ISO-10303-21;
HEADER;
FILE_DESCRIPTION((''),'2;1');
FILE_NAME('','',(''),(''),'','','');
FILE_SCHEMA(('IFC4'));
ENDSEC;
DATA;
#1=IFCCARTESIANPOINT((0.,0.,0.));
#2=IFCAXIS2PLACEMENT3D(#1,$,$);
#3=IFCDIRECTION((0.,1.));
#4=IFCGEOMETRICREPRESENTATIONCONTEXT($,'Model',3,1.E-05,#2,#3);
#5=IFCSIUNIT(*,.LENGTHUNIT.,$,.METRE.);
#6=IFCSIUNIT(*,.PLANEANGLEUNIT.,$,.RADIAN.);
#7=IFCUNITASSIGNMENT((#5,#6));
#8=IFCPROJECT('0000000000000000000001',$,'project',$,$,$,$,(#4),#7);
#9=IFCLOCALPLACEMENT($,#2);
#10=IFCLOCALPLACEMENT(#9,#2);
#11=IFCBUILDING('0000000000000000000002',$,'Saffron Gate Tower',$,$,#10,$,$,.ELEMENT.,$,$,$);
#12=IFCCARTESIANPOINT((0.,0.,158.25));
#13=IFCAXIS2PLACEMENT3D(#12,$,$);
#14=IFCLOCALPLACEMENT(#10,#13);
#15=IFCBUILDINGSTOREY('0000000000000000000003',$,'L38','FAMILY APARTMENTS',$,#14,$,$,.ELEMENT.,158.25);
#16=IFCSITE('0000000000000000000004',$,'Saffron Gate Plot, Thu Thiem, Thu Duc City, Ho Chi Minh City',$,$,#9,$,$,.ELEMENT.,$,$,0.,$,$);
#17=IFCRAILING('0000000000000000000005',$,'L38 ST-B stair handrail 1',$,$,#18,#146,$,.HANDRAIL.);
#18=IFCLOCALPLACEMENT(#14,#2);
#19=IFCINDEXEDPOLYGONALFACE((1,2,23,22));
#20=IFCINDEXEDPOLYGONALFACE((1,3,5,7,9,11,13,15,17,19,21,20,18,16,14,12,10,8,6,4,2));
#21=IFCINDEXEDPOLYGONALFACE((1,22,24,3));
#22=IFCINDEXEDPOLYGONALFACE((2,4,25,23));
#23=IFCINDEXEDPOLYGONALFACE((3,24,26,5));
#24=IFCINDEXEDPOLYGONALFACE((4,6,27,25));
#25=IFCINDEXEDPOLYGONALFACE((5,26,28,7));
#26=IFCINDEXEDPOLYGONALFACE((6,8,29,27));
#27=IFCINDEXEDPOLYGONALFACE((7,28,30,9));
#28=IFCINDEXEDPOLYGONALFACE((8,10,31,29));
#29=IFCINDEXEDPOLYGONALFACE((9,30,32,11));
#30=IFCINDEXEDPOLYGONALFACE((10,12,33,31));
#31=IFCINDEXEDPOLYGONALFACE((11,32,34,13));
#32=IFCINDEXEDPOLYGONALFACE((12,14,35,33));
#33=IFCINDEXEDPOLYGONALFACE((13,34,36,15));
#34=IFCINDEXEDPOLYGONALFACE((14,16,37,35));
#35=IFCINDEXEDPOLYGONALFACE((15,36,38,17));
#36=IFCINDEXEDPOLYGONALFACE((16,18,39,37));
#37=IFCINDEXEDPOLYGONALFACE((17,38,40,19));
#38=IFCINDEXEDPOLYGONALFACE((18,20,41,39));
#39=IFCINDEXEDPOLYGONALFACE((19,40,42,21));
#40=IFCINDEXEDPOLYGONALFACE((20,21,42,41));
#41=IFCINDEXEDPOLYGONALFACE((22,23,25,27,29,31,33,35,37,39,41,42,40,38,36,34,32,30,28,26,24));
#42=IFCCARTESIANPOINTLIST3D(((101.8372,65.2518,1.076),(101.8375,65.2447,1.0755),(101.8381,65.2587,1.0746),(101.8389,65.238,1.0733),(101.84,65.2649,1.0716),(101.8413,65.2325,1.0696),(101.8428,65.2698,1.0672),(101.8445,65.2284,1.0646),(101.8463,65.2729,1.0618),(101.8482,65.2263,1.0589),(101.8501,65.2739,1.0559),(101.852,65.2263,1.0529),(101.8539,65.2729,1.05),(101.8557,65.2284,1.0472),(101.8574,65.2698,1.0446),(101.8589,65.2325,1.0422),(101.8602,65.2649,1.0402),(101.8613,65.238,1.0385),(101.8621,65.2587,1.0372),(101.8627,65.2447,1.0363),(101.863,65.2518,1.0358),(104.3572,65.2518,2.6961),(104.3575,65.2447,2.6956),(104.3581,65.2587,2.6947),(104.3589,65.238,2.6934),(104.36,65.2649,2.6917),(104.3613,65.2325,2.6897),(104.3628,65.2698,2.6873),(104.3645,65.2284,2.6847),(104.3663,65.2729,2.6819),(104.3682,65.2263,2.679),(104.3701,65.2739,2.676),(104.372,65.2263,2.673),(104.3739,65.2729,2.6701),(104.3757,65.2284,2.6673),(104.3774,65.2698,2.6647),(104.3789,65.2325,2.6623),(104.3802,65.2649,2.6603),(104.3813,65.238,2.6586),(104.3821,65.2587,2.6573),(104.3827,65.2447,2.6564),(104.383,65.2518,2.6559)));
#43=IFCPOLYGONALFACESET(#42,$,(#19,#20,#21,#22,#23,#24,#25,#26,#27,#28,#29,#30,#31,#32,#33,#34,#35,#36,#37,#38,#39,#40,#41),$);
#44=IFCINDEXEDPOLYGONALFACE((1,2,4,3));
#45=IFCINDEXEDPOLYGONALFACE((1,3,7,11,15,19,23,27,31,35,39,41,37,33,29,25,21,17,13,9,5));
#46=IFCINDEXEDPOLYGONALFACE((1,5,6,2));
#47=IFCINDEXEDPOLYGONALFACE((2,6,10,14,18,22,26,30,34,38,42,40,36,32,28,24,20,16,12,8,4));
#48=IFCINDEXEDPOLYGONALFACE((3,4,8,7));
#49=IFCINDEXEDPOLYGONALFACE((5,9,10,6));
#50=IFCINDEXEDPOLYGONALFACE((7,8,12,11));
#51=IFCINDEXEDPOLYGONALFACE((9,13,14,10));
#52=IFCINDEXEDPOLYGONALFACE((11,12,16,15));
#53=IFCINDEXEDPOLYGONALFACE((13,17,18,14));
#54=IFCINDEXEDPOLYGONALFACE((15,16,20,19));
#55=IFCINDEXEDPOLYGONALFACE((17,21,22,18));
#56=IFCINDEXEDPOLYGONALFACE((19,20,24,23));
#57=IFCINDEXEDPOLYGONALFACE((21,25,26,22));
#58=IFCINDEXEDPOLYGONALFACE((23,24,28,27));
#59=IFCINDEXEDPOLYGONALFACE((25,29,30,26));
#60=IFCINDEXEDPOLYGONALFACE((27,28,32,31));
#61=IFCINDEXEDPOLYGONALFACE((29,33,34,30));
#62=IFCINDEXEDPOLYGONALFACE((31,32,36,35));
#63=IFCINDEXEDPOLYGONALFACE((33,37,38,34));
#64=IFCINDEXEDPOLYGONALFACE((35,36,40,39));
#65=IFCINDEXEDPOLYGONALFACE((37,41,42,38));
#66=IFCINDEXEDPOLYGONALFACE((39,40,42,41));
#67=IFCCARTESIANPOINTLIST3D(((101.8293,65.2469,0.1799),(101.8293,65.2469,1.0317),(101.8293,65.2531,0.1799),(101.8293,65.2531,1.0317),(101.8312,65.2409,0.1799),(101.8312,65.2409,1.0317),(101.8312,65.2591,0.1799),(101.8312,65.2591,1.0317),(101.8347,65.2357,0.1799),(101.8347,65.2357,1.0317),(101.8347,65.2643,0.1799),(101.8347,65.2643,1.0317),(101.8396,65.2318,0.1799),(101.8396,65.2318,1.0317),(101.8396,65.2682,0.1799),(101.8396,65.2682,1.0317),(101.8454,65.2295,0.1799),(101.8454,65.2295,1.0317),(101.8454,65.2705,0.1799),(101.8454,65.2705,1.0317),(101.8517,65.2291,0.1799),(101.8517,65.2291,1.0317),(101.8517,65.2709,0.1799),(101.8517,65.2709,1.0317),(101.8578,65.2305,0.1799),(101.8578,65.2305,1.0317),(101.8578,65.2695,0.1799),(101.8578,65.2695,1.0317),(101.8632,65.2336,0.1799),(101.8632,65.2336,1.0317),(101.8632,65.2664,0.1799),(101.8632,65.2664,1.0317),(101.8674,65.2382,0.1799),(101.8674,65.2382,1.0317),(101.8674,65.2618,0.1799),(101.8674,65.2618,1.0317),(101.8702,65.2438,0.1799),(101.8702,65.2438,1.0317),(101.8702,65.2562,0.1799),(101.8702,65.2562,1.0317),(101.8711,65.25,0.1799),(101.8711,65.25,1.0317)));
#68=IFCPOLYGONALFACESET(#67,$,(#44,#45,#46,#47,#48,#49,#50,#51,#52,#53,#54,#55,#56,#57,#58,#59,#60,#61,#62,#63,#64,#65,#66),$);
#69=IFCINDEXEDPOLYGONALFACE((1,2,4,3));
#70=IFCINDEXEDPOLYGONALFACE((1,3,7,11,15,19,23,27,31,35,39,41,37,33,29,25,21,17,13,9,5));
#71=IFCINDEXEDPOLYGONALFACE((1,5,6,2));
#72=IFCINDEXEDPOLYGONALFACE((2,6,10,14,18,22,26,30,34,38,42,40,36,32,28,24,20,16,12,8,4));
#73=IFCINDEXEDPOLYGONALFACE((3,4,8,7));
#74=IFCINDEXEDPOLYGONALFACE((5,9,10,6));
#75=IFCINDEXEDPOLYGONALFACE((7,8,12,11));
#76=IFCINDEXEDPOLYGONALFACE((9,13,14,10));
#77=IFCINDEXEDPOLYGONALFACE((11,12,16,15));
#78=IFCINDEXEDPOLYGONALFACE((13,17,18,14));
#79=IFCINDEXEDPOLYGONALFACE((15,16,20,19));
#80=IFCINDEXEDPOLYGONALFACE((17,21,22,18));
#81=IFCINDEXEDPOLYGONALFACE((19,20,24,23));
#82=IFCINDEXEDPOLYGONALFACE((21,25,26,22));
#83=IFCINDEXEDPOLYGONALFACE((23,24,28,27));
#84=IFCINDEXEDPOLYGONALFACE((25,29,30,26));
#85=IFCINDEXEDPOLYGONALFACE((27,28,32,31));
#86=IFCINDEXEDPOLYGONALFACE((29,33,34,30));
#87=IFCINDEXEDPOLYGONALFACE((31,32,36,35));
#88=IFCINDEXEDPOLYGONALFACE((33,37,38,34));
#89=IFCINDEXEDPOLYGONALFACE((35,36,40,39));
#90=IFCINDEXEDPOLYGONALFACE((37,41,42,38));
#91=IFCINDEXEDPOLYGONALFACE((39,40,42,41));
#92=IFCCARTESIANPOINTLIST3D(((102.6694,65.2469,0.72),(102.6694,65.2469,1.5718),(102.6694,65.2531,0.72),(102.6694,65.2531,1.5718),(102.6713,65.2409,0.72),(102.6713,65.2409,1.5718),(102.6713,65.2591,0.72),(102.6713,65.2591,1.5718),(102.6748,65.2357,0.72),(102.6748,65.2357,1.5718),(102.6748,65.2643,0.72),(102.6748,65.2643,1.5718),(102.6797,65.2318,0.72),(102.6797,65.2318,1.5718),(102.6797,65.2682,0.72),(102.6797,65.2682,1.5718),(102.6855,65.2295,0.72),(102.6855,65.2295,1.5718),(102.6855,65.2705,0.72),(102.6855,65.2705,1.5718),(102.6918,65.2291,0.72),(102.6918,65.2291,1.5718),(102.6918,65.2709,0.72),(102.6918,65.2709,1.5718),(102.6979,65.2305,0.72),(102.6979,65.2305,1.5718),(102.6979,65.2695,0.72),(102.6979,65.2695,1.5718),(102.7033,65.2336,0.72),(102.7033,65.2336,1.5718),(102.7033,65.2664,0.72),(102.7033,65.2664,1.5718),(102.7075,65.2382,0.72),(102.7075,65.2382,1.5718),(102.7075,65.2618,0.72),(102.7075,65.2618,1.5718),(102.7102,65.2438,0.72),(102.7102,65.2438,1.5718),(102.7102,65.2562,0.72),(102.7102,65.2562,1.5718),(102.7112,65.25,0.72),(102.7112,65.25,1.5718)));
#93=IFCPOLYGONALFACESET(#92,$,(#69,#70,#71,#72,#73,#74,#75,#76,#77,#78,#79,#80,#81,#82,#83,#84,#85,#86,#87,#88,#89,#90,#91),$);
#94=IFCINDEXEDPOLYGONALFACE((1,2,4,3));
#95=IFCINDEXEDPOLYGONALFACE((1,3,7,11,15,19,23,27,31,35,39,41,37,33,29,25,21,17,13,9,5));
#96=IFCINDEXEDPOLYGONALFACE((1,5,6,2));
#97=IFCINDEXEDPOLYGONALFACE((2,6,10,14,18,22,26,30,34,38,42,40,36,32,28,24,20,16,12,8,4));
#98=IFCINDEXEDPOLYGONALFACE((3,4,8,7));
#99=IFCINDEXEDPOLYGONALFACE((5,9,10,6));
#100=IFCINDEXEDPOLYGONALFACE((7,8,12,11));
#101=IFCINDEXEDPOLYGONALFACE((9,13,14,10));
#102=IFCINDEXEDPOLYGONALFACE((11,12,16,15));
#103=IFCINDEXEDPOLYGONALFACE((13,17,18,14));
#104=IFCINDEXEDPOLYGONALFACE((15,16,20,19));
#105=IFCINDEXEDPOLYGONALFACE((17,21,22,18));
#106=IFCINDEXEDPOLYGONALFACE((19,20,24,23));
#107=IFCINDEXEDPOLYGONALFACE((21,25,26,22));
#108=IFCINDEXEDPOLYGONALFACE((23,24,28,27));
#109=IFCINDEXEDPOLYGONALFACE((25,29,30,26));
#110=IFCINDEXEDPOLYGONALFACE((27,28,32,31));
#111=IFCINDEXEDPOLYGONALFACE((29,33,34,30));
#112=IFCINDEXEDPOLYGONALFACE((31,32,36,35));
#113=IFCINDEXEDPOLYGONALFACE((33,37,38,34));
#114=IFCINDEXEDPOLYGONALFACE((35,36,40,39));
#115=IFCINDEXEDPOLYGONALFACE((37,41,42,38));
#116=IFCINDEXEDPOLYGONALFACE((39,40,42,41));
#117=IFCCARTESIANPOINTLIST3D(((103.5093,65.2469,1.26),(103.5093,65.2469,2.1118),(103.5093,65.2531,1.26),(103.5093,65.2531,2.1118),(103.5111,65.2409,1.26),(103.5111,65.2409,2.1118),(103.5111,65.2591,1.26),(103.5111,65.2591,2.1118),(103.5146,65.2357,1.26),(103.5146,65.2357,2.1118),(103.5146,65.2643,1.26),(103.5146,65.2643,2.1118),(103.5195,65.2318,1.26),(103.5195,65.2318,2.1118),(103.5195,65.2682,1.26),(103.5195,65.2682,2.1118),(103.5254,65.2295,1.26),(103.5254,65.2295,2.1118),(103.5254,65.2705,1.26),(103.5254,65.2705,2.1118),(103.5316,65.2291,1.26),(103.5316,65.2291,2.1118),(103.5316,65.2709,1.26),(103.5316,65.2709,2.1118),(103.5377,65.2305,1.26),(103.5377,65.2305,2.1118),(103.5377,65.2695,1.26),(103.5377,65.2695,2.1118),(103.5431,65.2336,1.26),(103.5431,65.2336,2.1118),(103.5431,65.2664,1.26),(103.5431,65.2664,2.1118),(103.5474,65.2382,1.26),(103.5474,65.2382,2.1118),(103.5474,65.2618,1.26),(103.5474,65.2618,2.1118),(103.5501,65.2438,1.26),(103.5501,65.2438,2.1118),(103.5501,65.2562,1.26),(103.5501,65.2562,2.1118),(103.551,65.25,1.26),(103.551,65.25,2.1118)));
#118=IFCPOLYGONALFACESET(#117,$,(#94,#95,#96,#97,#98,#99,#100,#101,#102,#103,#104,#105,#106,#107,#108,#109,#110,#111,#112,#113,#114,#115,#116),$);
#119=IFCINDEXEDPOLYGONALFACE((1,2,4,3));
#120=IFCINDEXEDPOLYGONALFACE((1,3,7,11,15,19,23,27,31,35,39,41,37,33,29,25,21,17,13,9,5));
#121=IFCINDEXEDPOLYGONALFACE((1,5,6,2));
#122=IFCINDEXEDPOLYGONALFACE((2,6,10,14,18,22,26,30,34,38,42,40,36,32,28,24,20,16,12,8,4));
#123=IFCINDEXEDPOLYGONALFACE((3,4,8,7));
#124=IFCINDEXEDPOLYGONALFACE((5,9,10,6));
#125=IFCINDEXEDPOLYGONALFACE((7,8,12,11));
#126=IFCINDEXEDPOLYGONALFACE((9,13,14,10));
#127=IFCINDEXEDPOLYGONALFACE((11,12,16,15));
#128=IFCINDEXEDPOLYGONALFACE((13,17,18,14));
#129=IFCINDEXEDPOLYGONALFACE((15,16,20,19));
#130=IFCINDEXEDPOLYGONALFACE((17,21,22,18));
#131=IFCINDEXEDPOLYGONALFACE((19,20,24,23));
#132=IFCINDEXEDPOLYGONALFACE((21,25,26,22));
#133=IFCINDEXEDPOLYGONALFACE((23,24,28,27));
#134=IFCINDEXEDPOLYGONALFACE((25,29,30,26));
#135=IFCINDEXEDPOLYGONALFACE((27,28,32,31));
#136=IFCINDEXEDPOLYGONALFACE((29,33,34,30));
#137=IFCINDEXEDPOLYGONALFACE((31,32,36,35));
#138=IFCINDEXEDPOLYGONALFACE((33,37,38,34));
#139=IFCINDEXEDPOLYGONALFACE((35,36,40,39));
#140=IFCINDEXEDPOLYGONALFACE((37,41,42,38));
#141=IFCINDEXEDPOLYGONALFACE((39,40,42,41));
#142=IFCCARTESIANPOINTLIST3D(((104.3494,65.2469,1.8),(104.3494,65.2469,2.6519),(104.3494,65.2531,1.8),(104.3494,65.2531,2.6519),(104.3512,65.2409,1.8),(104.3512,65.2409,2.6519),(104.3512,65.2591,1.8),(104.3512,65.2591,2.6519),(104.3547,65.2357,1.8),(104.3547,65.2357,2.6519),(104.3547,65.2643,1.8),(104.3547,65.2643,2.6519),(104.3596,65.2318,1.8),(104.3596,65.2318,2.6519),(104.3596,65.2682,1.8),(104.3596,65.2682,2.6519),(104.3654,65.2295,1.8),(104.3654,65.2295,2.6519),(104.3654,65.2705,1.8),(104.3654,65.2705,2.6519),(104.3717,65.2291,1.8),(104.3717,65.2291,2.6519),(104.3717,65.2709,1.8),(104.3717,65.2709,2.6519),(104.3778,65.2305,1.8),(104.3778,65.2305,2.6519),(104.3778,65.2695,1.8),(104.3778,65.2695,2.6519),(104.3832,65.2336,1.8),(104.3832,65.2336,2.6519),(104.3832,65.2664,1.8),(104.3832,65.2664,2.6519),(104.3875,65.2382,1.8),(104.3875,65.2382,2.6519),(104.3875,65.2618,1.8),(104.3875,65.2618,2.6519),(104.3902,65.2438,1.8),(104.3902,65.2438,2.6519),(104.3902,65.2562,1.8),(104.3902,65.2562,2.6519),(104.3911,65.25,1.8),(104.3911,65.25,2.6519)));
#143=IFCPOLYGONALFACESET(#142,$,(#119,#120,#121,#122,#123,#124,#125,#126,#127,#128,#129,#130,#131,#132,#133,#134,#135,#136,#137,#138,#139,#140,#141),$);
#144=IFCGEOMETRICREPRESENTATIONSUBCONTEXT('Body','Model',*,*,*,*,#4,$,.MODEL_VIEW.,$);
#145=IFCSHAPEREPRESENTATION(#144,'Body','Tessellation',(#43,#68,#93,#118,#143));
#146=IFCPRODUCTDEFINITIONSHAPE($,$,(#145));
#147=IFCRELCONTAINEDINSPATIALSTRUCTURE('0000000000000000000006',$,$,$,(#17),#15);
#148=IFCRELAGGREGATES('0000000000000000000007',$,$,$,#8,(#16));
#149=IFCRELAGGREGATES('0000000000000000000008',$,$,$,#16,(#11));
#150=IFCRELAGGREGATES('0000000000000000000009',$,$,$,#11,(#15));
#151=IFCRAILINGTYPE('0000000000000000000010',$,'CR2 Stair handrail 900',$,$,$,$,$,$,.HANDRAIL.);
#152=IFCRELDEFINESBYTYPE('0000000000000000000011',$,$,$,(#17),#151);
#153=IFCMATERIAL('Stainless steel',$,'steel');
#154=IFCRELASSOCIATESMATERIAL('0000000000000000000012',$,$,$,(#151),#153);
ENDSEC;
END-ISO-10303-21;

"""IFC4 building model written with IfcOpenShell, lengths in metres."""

from ifc_helpers import new_model, si_unit, direction, frame, origin, origin_2d, place, context, subcontext, project, spatial, circle, extrude, material, type_object, element, save


model = new_model("IFC4")

# Units and contexts
model_context = context("Model", 3, precision=1e-05, world=origin(), true_north=direction((0.0, 1.0)))
body_context = subcontext(model_context, "Body", "Model", "MODEL_VIEW")
ifc_project = project(units=[si_unit("LENGTHUNIT", "METRE"), si_unit("PLANEANGLEUNIT", "RADIAN")], contexts=[model_context])

# Site, building, storey
site_placement = place(None, origin())
site = spatial("IfcSite", under=ifc_project, at=site_placement, Name="Saffron Gate Plot, Thu Thiem, Thu Duc City, Ho Chi Minh City", CompositionType="ELEMENT", RefElevation=0.0)
building_placement = place(site_placement, origin())
building = spatial("IfcBuilding", under=site, at=building_placement, Name="Saffron Gate Tower", CompositionType="ELEMENT")
storey_placement = place(building_placement, frame((0.0, 0.0, 158.25)))
storey = spatial("IfcBuildingStorey", under=building, at=storey_placement, Name="L38", Description="FAMILY APARTMENTS", CompositionType="ELEMENT", Elevation=158.25)

# Railing
ifc_material_1 = material(Name="Stainless steel", Category="steel")
railing_type_1 = type_object("IfcRailingType", Name="CR2 Stair handrail 900", PredefinedType="HANDRAIL", material=ifc_material_1)
railing_1_placement = place(storey_placement, frame((101.8501, 65.25, 0.1799)))
element("IfcRailing", 1, at=railing_1_placement, inside=storey, type_object=railing_type_1, Name="L38 ST-B stair handrail 1", PredefinedType="HANDRAIL", context=body_context, shape_type="SweptSolid", body=[
    extrude(circle(Radius=0.0239, at=origin_2d()), frame((0.0, 0.0, 0.876), z_axis=(0.841163, 0.0, 0.540782), x_axis=(0.0, 1.0, 0.0)), (0.0, 0.0, 1.0), 2.9958),
    extrude(circle(Radius=0.021, at=origin_2d()), origin(), (0.0, 0.0, 1.0), 0.8518),
    extrude(circle(Radius=0.021, at=origin_2d()), frame((0.8401, 0.0, 0.54)), (0.0, 0.0, 1.0), 0.8518),
    extrude(circle(Radius=0.021, at=origin_2d()), frame((1.6799, 0.0, 1.0801)), (0.0, 0.0, 1.0), 0.8518),
    extrude(circle(Radius=0.021, at=origin_2d()), frame((2.52, 0.0, 1.6201)), (0.0, 0.0, 1.0), 0.8518),
])

save(model, "model.ifc")
